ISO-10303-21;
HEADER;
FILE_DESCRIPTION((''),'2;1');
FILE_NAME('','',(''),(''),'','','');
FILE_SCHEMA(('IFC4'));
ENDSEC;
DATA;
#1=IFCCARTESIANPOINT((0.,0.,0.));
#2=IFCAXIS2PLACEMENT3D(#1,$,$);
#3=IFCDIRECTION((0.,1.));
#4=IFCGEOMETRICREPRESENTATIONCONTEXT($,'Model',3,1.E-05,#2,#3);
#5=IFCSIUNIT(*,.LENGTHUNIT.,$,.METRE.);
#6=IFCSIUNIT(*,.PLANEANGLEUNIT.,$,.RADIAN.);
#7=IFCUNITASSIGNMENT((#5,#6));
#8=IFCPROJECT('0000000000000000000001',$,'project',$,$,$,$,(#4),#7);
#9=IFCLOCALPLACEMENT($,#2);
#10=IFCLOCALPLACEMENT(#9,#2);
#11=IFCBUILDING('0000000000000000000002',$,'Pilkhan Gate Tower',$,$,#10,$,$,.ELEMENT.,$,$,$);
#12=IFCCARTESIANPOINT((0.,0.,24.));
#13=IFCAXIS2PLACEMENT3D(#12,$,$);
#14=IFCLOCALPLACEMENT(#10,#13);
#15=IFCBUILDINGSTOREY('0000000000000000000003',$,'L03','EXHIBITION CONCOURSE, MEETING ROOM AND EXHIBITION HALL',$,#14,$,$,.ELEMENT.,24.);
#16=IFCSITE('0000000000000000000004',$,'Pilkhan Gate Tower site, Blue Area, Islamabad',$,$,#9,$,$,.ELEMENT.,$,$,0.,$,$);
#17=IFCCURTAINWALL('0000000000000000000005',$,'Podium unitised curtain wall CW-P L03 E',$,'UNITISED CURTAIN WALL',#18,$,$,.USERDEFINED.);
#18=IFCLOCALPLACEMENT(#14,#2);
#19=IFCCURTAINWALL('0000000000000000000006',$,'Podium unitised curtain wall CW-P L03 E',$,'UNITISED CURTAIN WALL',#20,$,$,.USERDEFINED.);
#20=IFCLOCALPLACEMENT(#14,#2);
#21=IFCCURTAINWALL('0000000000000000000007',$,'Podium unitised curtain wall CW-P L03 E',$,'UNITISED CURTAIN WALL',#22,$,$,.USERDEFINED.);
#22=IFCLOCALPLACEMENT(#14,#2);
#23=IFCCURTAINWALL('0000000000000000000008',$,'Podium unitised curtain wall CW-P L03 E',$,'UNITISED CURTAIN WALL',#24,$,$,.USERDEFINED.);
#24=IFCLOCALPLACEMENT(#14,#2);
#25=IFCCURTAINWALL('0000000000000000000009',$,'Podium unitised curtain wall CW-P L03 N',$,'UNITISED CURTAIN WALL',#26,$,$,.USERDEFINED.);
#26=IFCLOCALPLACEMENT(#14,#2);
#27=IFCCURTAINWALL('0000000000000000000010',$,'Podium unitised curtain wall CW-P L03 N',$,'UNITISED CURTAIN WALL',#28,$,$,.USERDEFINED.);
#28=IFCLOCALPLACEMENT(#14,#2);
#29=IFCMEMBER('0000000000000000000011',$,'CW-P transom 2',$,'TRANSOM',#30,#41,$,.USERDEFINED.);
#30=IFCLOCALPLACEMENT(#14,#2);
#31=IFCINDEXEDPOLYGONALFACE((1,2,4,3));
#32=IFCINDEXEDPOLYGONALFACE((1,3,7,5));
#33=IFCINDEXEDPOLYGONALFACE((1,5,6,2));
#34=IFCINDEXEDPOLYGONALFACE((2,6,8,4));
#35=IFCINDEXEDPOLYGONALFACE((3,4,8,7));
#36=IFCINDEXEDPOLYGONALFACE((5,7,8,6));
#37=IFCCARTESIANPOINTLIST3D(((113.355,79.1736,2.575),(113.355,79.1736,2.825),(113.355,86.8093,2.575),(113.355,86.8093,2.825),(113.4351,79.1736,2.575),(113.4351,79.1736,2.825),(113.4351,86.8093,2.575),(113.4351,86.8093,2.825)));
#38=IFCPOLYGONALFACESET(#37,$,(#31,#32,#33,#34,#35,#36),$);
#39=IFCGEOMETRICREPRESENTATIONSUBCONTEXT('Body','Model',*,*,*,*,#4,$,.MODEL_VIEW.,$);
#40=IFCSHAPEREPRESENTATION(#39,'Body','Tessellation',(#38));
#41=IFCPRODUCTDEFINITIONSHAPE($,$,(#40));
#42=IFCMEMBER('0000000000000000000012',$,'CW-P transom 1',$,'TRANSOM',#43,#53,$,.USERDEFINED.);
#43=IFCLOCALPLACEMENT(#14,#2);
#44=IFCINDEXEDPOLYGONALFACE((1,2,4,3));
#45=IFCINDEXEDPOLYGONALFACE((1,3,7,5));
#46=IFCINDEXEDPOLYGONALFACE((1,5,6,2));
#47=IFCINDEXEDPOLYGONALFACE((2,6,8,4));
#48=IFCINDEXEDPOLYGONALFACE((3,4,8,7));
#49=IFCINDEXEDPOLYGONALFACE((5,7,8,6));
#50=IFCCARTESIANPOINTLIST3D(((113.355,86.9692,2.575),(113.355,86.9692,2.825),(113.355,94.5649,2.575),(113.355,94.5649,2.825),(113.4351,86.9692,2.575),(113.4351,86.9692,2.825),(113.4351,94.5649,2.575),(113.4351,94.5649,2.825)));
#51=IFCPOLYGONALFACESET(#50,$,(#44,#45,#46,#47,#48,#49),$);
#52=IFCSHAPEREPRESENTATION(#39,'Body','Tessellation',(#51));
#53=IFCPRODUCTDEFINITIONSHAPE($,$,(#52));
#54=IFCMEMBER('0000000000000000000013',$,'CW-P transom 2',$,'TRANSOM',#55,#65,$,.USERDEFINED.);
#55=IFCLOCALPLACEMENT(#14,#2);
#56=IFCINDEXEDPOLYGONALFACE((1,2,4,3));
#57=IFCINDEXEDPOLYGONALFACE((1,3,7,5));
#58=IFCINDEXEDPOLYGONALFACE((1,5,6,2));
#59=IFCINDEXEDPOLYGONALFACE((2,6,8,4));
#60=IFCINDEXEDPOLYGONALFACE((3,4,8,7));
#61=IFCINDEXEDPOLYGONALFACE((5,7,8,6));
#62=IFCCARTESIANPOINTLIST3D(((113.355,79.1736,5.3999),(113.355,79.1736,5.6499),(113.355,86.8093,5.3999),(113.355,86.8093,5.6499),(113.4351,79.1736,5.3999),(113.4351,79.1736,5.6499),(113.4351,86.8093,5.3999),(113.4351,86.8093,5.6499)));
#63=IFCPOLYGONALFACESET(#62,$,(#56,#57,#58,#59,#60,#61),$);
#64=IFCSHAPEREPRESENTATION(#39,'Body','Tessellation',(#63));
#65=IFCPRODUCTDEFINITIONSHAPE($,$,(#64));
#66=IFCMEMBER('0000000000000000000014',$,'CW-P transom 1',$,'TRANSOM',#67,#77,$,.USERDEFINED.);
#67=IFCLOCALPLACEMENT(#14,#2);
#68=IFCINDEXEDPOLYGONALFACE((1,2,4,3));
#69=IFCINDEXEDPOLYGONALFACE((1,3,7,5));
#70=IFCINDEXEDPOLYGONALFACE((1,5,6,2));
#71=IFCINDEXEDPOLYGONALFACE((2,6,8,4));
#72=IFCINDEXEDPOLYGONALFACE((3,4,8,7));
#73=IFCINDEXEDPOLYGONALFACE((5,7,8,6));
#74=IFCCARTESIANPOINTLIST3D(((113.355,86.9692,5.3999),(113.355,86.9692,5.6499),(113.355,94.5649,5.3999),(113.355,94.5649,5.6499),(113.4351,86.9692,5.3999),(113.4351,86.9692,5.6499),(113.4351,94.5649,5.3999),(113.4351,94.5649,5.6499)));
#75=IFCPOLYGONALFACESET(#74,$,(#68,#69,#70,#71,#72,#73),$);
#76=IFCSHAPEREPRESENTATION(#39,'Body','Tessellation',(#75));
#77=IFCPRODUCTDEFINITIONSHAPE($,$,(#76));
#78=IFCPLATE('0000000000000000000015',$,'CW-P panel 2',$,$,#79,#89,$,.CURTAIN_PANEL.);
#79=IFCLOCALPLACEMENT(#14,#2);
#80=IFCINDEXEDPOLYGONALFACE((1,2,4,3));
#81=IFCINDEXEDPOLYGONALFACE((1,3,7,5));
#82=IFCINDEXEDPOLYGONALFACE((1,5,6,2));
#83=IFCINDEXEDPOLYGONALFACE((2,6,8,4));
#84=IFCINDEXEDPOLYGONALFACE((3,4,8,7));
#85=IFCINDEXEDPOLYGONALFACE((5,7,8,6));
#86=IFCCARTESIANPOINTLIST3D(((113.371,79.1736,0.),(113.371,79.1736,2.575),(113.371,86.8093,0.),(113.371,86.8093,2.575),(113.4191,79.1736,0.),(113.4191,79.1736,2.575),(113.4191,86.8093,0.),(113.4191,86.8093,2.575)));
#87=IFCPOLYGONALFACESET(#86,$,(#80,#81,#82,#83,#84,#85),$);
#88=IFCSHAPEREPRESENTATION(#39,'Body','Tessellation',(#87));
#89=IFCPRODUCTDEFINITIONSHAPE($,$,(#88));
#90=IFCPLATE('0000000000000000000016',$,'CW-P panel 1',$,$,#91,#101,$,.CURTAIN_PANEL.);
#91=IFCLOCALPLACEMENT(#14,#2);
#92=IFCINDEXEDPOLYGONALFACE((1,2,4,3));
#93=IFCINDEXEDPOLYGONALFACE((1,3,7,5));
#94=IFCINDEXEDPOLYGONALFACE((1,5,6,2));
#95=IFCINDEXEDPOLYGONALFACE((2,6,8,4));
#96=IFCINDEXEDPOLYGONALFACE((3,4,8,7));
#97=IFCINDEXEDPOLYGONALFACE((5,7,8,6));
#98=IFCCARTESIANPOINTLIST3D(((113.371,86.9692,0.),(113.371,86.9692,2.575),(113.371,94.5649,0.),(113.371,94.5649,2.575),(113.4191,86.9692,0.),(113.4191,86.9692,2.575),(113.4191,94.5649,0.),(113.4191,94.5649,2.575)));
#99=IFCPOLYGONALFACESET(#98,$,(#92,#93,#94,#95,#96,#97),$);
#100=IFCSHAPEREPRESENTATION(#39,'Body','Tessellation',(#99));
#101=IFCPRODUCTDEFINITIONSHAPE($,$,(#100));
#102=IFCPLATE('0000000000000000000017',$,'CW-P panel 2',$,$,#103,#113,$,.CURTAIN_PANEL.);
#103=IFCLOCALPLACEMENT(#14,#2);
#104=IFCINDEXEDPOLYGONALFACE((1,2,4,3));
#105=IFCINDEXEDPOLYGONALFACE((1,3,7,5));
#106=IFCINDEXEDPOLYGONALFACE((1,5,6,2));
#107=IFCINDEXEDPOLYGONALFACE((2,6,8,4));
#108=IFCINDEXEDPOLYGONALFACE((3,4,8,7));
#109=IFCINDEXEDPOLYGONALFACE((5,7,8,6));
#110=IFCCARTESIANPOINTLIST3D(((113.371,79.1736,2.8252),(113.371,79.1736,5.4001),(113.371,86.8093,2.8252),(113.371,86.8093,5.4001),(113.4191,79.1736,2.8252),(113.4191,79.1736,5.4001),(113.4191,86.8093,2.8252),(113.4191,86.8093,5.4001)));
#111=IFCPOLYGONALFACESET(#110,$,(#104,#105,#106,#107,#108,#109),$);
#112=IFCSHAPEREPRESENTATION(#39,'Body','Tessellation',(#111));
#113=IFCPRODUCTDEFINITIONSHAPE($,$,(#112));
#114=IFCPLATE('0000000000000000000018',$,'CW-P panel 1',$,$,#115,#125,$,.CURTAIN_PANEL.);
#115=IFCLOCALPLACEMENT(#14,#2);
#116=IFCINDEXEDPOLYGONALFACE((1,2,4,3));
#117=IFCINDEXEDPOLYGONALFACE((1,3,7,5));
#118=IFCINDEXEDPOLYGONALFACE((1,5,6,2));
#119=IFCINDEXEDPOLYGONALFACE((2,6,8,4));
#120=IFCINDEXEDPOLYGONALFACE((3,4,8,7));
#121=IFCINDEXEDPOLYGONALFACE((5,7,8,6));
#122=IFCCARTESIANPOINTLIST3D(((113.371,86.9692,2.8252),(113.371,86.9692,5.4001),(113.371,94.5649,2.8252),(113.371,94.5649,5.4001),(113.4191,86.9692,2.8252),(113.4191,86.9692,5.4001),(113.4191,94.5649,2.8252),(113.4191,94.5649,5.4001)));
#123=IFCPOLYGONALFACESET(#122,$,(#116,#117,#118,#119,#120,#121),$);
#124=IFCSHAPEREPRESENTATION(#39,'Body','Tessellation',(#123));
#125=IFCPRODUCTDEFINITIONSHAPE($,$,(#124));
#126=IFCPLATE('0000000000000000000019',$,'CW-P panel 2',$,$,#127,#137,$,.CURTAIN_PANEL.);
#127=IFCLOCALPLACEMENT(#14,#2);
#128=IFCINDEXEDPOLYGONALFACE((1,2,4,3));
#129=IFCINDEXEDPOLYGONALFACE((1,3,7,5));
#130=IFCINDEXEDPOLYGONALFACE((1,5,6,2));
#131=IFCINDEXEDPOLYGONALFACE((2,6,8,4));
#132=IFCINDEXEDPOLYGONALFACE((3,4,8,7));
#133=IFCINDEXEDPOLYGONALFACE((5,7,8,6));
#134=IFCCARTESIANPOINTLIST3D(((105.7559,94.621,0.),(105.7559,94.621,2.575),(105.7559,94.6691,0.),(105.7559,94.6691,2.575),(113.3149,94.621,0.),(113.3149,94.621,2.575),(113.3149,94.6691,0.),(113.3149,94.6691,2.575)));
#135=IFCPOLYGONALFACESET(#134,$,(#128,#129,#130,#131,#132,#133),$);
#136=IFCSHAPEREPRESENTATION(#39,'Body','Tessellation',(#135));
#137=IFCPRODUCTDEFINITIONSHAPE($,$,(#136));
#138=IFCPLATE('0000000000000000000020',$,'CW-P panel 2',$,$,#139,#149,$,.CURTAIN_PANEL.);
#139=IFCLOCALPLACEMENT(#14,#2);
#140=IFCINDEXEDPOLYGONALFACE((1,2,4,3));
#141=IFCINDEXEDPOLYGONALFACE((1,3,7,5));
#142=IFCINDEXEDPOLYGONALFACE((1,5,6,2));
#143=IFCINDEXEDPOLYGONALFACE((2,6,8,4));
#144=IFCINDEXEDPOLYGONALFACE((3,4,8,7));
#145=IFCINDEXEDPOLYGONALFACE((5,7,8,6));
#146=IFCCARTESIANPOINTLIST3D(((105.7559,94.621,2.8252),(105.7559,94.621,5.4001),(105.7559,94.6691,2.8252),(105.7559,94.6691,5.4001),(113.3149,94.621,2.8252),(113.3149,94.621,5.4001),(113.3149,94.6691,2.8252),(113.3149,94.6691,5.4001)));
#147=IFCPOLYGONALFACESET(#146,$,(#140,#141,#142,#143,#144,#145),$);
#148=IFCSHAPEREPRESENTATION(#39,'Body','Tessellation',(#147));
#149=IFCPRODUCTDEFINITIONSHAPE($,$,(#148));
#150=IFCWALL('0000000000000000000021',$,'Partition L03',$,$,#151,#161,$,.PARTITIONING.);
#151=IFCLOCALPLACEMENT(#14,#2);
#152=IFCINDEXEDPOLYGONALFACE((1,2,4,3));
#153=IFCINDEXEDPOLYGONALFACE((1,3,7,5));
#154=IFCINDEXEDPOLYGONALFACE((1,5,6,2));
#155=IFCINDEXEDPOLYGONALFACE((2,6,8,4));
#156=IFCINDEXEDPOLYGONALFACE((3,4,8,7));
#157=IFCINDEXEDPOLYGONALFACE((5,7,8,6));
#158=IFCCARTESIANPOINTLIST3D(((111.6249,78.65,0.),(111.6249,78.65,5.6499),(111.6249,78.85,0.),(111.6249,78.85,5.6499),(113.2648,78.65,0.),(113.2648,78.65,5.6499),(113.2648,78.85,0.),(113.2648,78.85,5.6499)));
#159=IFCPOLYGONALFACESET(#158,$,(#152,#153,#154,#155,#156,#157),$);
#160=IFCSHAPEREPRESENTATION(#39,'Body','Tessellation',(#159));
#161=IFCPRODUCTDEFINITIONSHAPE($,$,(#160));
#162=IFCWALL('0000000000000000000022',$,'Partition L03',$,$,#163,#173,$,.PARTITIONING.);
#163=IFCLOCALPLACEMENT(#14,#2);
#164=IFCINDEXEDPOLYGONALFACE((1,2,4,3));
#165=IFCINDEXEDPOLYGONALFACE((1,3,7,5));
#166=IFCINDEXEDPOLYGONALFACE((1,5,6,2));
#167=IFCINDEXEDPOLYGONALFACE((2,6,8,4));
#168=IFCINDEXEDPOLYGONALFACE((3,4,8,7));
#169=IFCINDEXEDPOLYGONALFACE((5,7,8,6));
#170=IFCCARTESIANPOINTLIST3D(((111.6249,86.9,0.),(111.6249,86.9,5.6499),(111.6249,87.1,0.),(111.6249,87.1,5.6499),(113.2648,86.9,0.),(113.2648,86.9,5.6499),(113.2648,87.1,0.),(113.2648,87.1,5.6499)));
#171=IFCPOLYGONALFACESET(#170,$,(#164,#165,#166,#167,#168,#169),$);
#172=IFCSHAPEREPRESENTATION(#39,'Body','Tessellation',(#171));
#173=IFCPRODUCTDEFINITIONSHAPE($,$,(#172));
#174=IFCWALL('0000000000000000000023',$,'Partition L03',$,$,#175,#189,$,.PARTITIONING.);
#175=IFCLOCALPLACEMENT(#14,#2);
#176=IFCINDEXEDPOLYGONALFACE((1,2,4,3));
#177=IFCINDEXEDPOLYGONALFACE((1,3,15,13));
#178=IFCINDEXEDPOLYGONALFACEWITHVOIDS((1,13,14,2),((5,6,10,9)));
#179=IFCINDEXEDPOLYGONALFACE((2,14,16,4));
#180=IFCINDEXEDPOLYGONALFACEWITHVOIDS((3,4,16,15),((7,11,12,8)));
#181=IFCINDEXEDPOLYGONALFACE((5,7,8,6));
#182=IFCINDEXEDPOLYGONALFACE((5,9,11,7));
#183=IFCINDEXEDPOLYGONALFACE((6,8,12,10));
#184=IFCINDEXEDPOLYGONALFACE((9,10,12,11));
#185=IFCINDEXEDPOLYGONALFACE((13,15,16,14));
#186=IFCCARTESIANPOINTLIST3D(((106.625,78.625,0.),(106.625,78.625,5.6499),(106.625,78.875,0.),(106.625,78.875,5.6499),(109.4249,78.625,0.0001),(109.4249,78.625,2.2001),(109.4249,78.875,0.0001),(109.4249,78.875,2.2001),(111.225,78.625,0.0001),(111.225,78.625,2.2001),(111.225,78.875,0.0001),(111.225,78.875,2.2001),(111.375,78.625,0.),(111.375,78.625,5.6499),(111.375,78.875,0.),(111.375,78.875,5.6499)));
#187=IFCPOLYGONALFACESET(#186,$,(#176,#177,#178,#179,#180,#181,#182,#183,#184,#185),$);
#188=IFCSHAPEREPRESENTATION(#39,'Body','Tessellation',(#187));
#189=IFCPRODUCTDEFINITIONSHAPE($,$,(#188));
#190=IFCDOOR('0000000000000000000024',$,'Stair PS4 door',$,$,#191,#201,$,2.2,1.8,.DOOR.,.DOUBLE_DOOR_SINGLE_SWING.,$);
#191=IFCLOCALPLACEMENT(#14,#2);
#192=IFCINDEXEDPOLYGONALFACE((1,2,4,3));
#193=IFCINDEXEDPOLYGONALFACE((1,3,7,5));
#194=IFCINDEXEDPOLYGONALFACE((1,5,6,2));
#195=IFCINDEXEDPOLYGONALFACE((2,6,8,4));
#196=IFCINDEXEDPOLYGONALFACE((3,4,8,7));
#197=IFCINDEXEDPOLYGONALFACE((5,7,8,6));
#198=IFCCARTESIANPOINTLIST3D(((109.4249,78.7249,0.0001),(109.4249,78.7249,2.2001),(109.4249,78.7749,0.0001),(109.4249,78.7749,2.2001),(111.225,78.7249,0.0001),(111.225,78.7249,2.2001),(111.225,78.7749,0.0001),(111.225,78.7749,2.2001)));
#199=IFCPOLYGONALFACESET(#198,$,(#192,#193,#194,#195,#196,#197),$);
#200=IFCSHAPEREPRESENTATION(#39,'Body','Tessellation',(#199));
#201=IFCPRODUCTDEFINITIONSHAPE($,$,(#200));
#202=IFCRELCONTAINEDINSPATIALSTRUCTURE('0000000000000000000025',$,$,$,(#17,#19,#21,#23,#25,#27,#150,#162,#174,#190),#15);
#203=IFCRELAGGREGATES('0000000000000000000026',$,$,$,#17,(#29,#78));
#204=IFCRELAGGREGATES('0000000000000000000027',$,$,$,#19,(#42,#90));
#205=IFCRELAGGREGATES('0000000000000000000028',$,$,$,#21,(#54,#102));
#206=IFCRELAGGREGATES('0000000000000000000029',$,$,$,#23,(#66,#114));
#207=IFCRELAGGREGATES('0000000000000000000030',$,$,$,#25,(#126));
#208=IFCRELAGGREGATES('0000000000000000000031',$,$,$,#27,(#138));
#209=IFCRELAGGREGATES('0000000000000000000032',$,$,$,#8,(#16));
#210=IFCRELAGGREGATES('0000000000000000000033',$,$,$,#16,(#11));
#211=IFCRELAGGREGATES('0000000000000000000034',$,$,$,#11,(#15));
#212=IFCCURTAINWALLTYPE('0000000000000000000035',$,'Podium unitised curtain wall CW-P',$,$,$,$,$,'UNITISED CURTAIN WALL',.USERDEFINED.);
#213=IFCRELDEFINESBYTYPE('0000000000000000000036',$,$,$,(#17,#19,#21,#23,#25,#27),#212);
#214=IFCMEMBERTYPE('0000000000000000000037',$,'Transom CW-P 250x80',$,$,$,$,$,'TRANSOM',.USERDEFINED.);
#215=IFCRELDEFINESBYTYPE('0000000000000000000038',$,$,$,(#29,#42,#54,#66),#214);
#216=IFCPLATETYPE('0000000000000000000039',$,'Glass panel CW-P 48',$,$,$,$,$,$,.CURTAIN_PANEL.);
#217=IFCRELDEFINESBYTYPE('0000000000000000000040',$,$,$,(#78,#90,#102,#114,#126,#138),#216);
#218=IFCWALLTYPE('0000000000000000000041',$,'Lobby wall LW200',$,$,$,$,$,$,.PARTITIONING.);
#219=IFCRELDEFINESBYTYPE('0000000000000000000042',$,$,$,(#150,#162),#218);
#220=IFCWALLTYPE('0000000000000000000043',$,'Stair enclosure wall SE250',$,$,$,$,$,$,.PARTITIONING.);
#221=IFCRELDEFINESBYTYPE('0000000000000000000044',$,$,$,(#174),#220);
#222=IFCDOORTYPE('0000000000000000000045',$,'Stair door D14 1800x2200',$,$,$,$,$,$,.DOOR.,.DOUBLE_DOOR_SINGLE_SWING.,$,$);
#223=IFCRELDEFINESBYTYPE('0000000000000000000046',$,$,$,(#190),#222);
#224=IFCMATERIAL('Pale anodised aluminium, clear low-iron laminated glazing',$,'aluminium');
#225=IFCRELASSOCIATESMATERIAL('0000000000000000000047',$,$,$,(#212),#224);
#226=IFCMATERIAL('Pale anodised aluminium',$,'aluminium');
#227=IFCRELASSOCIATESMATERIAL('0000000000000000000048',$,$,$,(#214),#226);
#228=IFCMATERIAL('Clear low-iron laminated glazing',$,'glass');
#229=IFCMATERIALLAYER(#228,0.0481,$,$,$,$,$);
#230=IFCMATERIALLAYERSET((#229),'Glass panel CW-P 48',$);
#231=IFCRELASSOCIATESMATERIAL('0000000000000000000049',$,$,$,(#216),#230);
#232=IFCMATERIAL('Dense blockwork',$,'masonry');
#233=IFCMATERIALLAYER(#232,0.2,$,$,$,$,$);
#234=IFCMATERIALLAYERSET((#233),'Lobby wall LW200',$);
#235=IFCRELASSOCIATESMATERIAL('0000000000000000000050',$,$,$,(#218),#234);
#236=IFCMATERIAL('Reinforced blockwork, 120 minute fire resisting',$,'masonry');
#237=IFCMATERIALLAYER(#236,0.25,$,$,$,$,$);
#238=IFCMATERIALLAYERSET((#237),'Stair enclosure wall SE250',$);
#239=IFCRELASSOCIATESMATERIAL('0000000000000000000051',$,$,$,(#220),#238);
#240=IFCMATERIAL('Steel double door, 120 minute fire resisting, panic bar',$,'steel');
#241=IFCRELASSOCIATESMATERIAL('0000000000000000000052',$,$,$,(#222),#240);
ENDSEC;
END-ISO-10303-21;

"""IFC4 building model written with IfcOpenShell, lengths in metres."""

from ifc_helpers import new_model, si_unit, direction, frame, frame_2d, origin, origin_2d, place, context, subcontext, project, spatial, rectangle, extrude, material, layer, layer_set, material_profile, profile_set, type_object, element, fill, aggregate, save


model = new_model("IFC4")

# Units and contexts
model_context = context("Model", 3, precision=1e-05, world=origin(), true_north=direction((0.0, 1.0)))
body_context = subcontext(model_context, "Body", "Model", "MODEL_VIEW")
ifc_project = project(units=[si_unit("LENGTHUNIT", "METRE"), si_unit("PLANEANGLEUNIT", "RADIAN")], contexts=[model_context])

# Site, building, storey
site_placement = place(None, origin())
site = spatial("IfcSite", under=ifc_project, at=site_placement, Name="Pilkhan Gate Tower site, Blue Area, Islamabad", CompositionType="ELEMENT", RefElevation=0.0)
building_placement = place(site_placement, origin())
building = spatial("IfcBuilding", under=site, at=building_placement, Name="Pilkhan Gate Tower", CompositionType="ELEMENT")
storey_placement = place(building_placement, frame((0.0, 0.0, 24.0)))
storey = spatial("IfcBuildingStorey", under=building, at=storey_placement, Name="L03", Description="EXHIBITION CONCOURSE, MEETING ROOM AND EXHIBITION HALL", CompositionType="ELEMENT", Elevation=24.0)

# Curtain walls
ifc_material_1 = material(Name="Pale anodised aluminium, clear low-iron laminated glazing", Category="aluminium")
curtain_wall_type = type_object("IfcCurtainWallType", Name="Podium unitised curtain wall CW-P", ElementType="UNITISED CURTAIN WALL", PredefinedType="USERDEFINED", material=ifc_material_1)
curtain_wall_1_placement = place(storey_placement, origin())
curtain_wall_1 = element("IfcCurtainWall", 1, at=curtain_wall_1_placement, inside=storey, type_object=curtain_wall_type, Name="Podium unitised curtain wall CW-P L03 E", ObjectType="UNITISED CURTAIN WALL", PredefinedType="USERDEFINED")
ifc_material_2 = material(Name="Pale anodised aluminium", Category="aluminium")
curtain_wall_2_placement = place(storey_placement, origin())
curtain_wall_2 = element("IfcCurtainWall", 2, at=curtain_wall_2_placement, inside=storey, type_object=curtain_wall_type, Name="Podium unitised curtain wall CW-P L03 E", ObjectType="UNITISED CURTAIN WALL", PredefinedType="USERDEFINED")
curtain_wall_3_placement = place(storey_placement, origin())
curtain_wall_3 = element("IfcCurtainWall", 3, at=curtain_wall_3_placement, inside=storey, type_object=curtain_wall_type, Name="Podium unitised curtain wall CW-P L03 E", ObjectType="UNITISED CURTAIN WALL", PredefinedType="USERDEFINED")
curtain_wall_4_placement = place(storey_placement, origin())
curtain_wall_4 = element("IfcCurtainWall", 4, at=curtain_wall_4_placement, inside=storey, type_object=curtain_wall_type, Name="Podium unitised curtain wall CW-P L03 E", ObjectType="UNITISED CURTAIN WALL", PredefinedType="USERDEFINED")

# Curtain walls
curtain_wall_5_placement = place(storey_placement, origin())
curtain_wall_5 = element("IfcCurtainWall", 5, at=curtain_wall_5_placement, inside=storey, type_object=curtain_wall_type, Name="Podium unitised curtain wall CW-P L03 N", ObjectType="UNITISED CURTAIN WALL", PredefinedType="USERDEFINED")
curtain_wall_6_placement = place(storey_placement, origin())
curtain_wall_6 = element("IfcCurtainWall", 6, at=curtain_wall_6_placement, inside=storey, type_object=curtain_wall_type, Name="Podium unitised curtain wall CW-P L03 N", ObjectType="UNITISED CURTAIN WALL", PredefinedType="USERDEFINED")

# Members
ifc_material_profile_1 = material_profile(ifc_material_2, rectangle(XDim=0.0801, YDim=0.25, at=origin_2d()), Name="Transom 250x80")
ifc_profile_set_1 = profile_set([ifc_material_profile_1], Name="Pale anodised aluminium")
member_type_1 = type_object("IfcMemberType", Name="Transom CW-P 250x80", ElementType="TRANSOM", PredefinedType="USERDEFINED", material=ifc_profile_set_1)
member_1_placement = place(storey_placement, frame((113.395, 79.1736, 2.7), z_axis=(0.0, 1.0, 0.0), x_axis=(-1.0, 0.0, 0.0)))
member_1 = element("IfcMember", 7, at=member_1_placement, type_object=member_type_1, Name="CW-P transom 2", ObjectType="TRANSOM", PredefinedType="USERDEFINED", context=body_context, shape_type="SweptSolid", body=[
    extrude(rectangle(XDim=0.0801, YDim=0.25, at=origin_2d()), origin(), (0.0, 0.0, 1.0), 7.6357),
])
member_2_placement = place(storey_placement, frame((113.395, 86.9692, 2.7), z_axis=(0.0, 1.0, 0.0), x_axis=(-1.0, 0.0, 0.0)))
member_2 = element("IfcMember", 8, at=member_2_placement, type_object=member_type_1, Name="CW-P transom 1", ObjectType="TRANSOM", PredefinedType="USERDEFINED", context=body_context, shape_type="SweptSolid", body=[
    extrude(rectangle(XDim=0.0801, YDim=0.25, at=origin_2d()), origin(), (0.0, 0.0, 1.0), 7.5957),
])
member_3_placement = place(storey_placement, frame((113.395, 79.1736, 5.5249), z_axis=(0.0, 1.0, 0.0), x_axis=(-1.0, 0.0, 0.0)))
member_3 = element("IfcMember", 9, at=member_3_placement, type_object=member_type_1, Name="CW-P transom 2", ObjectType="TRANSOM", PredefinedType="USERDEFINED", context=body_context, shape_type="SweptSolid", body=[
    extrude(rectangle(XDim=0.0801, YDim=0.25, at=origin_2d()), origin(), (0.0, 0.0, 1.0), 7.6357),
])
member_4_placement = place(storey_placement, frame((113.395, 86.9692, 5.5249), z_axis=(0.0, 1.0, 0.0), x_axis=(-1.0, 0.0, 0.0)))
member_4 = element("IfcMember", 10, at=member_4_placement, type_object=member_type_1, Name="CW-P transom 1", ObjectType="TRANSOM", PredefinedType="USERDEFINED", context=body_context, shape_type="SweptSolid", body=[
    extrude(rectangle(XDim=0.0801, YDim=0.25, at=origin_2d()), origin(), (0.0, 0.0, 1.0), 7.5957),
])

# Plates
ifc_material_3 = material(Name="Clear low-iron laminated glazing", Category="glass")
ifc_layer_1 = layer(ifc_material_3, 0.0481)
ifc_layer_set_1 = layer_set([ifc_layer_1], Name="Glass panel CW-P 48")
plate_type = type_object("IfcPlateType", Name="Glass panel CW-P 48", PredefinedType="CURTAIN_PANEL", material=ifc_layer_set_1)
plate_1_placement = place(storey_placement, frame((113.395, 82.9915, 0.0), z_axis=(0.0, 0.0, 1.0), x_axis=(0.0, 1.0, 0.0)))
plate_1 = element("IfcPlate", 11, at=plate_1_placement, type_object=plate_type, Name="CW-P panel 2", PredefinedType="CURTAIN_PANEL", context=body_context, shape_type="SweptSolid", body=[
    extrude(rectangle(XDim=7.6357, YDim=0.0481, at=origin_2d()), origin(), (0.0, 0.0, 1.0), 2.575),
])
aggregate(curtain_wall_1, [member_1, plate_1])
plate_2_placement = place(storey_placement, frame((113.395, 90.7671, 0.0), z_axis=(0.0, 0.0, 1.0), x_axis=(0.0, 1.0, 0.0)))
plate_2 = element("IfcPlate", 12, at=plate_2_placement, type_object=plate_type, Name="CW-P panel 1", PredefinedType="CURTAIN_PANEL", context=body_context, shape_type="SweptSolid", body=[
    extrude(rectangle(XDim=7.5957, YDim=0.0481, at=origin_2d()), origin(), (0.0, 0.0, 1.0), 2.575),
])
aggregate(curtain_wall_2, [member_2, plate_2])
plate_3_placement = place(storey_placement, frame((113.395, 82.9915, 2.8252), z_axis=(0.0, 0.0, 1.0), x_axis=(0.0, 1.0, 0.0)))
plate_3 = element("IfcPlate", 13, at=plate_3_placement, type_object=plate_type, Name="CW-P panel 2", PredefinedType="CURTAIN_PANEL", context=body_context, shape_type="SweptSolid", body=[
    extrude(rectangle(XDim=7.6357, YDim=0.0481, at=origin_2d()), origin(), (0.0, 0.0, 1.0), 2.575),
])
aggregate(curtain_wall_3, [member_3, plate_3])
plate_4_placement = place(storey_placement, frame((113.395, 90.7671, 2.8252), z_axis=(0.0, 0.0, 1.0), x_axis=(0.0, 1.0, 0.0)))
plate_4 = element("IfcPlate", 14, at=plate_4_placement, type_object=plate_type, Name="CW-P panel 1", PredefinedType="CURTAIN_PANEL", context=body_context, shape_type="SweptSolid", body=[
    extrude(rectangle(XDim=7.5957, YDim=0.0481, at=origin_2d()), origin(), (0.0, 0.0, 1.0), 2.575),
])
aggregate(curtain_wall_4, [member_4, plate_4])
plate_5_placement = place(storey_placement, frame((109.5354, 94.645, 0.0), z_axis=(0.0, 0.0, 1.0), x_axis=(1.0, 0.0, 0.0)))
plate_5 = element("IfcPlate", 15, at=plate_5_placement, type_object=plate_type, Name="CW-P panel 2", PredefinedType="CURTAIN_PANEL", context=body_context, shape_type="SweptSolid", body=[
    extrude(rectangle(XDim=7.5591, YDim=0.0481, at=origin_2d()), origin(), (0.0, 0.0, 1.0), 2.575),
])
aggregate(curtain_wall_5, [plate_5])
plate_6_placement = place(storey_placement, frame((109.5354, 94.645, 2.8252), z_axis=(0.0, 0.0, 1.0), x_axis=(1.0, 0.0, 0.0)))
plate_6 = element("IfcPlate", 16, at=plate_6_placement, type_object=plate_type, Name="CW-P panel 2", PredefinedType="CURTAIN_PANEL", context=body_context, shape_type="SweptSolid", body=[
    extrude(rectangle(XDim=7.5591, YDim=0.0481, at=origin_2d()), origin(), (0.0, 0.0, 1.0), 2.575),
])
aggregate(curtain_wall_6, [plate_6])

# Walls
ifc_material_4 = material(Name="Dense blockwork", Category="masonry")
ifc_layer_2 = layer(ifc_material_4, 0.2)
ifc_layer_set_2 = layer_set([ifc_layer_2], Name="Lobby wall LW200")
wall_type_1 = type_object("IfcWallType", Name="Lobby wall LW200", PredefinedType="PARTITIONING", material=ifc_layer_set_2)
for number, where, z_axis, x_axis, name in (
    (17, (111.625, 78.75, 0.0), (0.0, 0.0, 1.0), (1.0, 0.0, 0.0), "Partition L03"),
    (18, (111.625, 87.0, 0.0), (0.0, 0.0, 1.0), (1.0, 0.0, 0.0), "Partition L03"),
):
    element("IfcWall", number, at=place(storey_placement, frame(where, z_axis=z_axis, x_axis=x_axis)), inside=storey, type_object=wall_type_1, Name=name, PredefinedType="PARTITIONING", context=body_context, shape_type="SweptSolid", body=[
        extrude(rectangle(XDim=1.6399, YDim=0.2, at=frame_2d((0.8198, 0.0))), origin(), (0.0, 0.0, 1.0), 5.6499),
    ])

# Wall, opening, door
ifc_material_5 = material(Name="Reinforced blockwork, 120 minute fire resisting", Category="masonry")
ifc_layer_3 = layer(ifc_material_5, 0.25)
ifc_layer_set_3 = layer_set([ifc_layer_3], Name="Stair enclosure wall SE250")
wall_type_2 = type_object("IfcWallType", Name="Stair enclosure wall SE250", PredefinedType="PARTITIONING", material=ifc_layer_set_3)
wall_1_placement = place(storey_placement, frame((106.625, 78.75, 0.0), z_axis=(0.0, 0.0, 1.0), x_axis=(1.0, 0.0, 0.0)))
wall_1 = element("IfcWall", 19, at=wall_1_placement, inside=storey, type_object=wall_type_2, Name="Partition L03", PredefinedType="PARTITIONING", context=body_context, shape_type="SweptSolid", body=[
    extrude(rectangle(XDim=4.75, YDim=0.25, at=frame_2d((2.375, 0.0))), origin(), (0.0, 0.0, 1.0), 5.6499),
])
opening_1_placement = place(wall_1_placement, frame((2.8, 0.0, 0.0)))
opening_1 = element("IfcOpeningElement", 20, at=opening_1_placement, cuts=wall_1, PredefinedType="OPENING", context=body_context, shape_type="SweptSolid", body=[
    extrude(rectangle(XDim=1.8, YDim=2.2, at=frame_2d((0.8999, 1.1001))), frame((0.0, 0.135, 0.0), z_axis=(0.0, -1.0, 0.0), x_axis=(1.0, 0.0, 0.0)), (0.0, 0.0, 1.0), 0.27),
])
ifc_material_6 = material(Name="Steel double door, 120 minute fire resisting, panic bar", Category="steel")
door_type = type_object("IfcDoorType", Name="Stair door D14 1800x2200", OperationType="DOUBLE_DOOR_SINGLE_SWING", PredefinedType="DOOR", material=ifc_material_6)
door_1_placement = place(opening_1_placement, origin())
door_1 = element("IfcDoor", 21, at=door_1_placement, inside=storey, type_object=door_type, Name="Stair PS4 door", OperationType="DOUBLE_DOOR_SINGLE_SWING", OverallHeight=2.2, OverallWidth=1.8, PredefinedType="DOOR", context=body_context, shape_type="SweptSolid", body=[
    extrude(rectangle(XDim=1.8, YDim=2.2, at=frame_2d((0.8999, 1.1001))), frame((0.0, 0.0249, 0.0), z_axis=(0.0, -1.0, 0.0), x_axis=(1.0, 0.0, 0.0)), (0.0, 0.0, 1.0), 0.05),
])
fill(opening_1, door_1)

save(model, "model.ifc")
